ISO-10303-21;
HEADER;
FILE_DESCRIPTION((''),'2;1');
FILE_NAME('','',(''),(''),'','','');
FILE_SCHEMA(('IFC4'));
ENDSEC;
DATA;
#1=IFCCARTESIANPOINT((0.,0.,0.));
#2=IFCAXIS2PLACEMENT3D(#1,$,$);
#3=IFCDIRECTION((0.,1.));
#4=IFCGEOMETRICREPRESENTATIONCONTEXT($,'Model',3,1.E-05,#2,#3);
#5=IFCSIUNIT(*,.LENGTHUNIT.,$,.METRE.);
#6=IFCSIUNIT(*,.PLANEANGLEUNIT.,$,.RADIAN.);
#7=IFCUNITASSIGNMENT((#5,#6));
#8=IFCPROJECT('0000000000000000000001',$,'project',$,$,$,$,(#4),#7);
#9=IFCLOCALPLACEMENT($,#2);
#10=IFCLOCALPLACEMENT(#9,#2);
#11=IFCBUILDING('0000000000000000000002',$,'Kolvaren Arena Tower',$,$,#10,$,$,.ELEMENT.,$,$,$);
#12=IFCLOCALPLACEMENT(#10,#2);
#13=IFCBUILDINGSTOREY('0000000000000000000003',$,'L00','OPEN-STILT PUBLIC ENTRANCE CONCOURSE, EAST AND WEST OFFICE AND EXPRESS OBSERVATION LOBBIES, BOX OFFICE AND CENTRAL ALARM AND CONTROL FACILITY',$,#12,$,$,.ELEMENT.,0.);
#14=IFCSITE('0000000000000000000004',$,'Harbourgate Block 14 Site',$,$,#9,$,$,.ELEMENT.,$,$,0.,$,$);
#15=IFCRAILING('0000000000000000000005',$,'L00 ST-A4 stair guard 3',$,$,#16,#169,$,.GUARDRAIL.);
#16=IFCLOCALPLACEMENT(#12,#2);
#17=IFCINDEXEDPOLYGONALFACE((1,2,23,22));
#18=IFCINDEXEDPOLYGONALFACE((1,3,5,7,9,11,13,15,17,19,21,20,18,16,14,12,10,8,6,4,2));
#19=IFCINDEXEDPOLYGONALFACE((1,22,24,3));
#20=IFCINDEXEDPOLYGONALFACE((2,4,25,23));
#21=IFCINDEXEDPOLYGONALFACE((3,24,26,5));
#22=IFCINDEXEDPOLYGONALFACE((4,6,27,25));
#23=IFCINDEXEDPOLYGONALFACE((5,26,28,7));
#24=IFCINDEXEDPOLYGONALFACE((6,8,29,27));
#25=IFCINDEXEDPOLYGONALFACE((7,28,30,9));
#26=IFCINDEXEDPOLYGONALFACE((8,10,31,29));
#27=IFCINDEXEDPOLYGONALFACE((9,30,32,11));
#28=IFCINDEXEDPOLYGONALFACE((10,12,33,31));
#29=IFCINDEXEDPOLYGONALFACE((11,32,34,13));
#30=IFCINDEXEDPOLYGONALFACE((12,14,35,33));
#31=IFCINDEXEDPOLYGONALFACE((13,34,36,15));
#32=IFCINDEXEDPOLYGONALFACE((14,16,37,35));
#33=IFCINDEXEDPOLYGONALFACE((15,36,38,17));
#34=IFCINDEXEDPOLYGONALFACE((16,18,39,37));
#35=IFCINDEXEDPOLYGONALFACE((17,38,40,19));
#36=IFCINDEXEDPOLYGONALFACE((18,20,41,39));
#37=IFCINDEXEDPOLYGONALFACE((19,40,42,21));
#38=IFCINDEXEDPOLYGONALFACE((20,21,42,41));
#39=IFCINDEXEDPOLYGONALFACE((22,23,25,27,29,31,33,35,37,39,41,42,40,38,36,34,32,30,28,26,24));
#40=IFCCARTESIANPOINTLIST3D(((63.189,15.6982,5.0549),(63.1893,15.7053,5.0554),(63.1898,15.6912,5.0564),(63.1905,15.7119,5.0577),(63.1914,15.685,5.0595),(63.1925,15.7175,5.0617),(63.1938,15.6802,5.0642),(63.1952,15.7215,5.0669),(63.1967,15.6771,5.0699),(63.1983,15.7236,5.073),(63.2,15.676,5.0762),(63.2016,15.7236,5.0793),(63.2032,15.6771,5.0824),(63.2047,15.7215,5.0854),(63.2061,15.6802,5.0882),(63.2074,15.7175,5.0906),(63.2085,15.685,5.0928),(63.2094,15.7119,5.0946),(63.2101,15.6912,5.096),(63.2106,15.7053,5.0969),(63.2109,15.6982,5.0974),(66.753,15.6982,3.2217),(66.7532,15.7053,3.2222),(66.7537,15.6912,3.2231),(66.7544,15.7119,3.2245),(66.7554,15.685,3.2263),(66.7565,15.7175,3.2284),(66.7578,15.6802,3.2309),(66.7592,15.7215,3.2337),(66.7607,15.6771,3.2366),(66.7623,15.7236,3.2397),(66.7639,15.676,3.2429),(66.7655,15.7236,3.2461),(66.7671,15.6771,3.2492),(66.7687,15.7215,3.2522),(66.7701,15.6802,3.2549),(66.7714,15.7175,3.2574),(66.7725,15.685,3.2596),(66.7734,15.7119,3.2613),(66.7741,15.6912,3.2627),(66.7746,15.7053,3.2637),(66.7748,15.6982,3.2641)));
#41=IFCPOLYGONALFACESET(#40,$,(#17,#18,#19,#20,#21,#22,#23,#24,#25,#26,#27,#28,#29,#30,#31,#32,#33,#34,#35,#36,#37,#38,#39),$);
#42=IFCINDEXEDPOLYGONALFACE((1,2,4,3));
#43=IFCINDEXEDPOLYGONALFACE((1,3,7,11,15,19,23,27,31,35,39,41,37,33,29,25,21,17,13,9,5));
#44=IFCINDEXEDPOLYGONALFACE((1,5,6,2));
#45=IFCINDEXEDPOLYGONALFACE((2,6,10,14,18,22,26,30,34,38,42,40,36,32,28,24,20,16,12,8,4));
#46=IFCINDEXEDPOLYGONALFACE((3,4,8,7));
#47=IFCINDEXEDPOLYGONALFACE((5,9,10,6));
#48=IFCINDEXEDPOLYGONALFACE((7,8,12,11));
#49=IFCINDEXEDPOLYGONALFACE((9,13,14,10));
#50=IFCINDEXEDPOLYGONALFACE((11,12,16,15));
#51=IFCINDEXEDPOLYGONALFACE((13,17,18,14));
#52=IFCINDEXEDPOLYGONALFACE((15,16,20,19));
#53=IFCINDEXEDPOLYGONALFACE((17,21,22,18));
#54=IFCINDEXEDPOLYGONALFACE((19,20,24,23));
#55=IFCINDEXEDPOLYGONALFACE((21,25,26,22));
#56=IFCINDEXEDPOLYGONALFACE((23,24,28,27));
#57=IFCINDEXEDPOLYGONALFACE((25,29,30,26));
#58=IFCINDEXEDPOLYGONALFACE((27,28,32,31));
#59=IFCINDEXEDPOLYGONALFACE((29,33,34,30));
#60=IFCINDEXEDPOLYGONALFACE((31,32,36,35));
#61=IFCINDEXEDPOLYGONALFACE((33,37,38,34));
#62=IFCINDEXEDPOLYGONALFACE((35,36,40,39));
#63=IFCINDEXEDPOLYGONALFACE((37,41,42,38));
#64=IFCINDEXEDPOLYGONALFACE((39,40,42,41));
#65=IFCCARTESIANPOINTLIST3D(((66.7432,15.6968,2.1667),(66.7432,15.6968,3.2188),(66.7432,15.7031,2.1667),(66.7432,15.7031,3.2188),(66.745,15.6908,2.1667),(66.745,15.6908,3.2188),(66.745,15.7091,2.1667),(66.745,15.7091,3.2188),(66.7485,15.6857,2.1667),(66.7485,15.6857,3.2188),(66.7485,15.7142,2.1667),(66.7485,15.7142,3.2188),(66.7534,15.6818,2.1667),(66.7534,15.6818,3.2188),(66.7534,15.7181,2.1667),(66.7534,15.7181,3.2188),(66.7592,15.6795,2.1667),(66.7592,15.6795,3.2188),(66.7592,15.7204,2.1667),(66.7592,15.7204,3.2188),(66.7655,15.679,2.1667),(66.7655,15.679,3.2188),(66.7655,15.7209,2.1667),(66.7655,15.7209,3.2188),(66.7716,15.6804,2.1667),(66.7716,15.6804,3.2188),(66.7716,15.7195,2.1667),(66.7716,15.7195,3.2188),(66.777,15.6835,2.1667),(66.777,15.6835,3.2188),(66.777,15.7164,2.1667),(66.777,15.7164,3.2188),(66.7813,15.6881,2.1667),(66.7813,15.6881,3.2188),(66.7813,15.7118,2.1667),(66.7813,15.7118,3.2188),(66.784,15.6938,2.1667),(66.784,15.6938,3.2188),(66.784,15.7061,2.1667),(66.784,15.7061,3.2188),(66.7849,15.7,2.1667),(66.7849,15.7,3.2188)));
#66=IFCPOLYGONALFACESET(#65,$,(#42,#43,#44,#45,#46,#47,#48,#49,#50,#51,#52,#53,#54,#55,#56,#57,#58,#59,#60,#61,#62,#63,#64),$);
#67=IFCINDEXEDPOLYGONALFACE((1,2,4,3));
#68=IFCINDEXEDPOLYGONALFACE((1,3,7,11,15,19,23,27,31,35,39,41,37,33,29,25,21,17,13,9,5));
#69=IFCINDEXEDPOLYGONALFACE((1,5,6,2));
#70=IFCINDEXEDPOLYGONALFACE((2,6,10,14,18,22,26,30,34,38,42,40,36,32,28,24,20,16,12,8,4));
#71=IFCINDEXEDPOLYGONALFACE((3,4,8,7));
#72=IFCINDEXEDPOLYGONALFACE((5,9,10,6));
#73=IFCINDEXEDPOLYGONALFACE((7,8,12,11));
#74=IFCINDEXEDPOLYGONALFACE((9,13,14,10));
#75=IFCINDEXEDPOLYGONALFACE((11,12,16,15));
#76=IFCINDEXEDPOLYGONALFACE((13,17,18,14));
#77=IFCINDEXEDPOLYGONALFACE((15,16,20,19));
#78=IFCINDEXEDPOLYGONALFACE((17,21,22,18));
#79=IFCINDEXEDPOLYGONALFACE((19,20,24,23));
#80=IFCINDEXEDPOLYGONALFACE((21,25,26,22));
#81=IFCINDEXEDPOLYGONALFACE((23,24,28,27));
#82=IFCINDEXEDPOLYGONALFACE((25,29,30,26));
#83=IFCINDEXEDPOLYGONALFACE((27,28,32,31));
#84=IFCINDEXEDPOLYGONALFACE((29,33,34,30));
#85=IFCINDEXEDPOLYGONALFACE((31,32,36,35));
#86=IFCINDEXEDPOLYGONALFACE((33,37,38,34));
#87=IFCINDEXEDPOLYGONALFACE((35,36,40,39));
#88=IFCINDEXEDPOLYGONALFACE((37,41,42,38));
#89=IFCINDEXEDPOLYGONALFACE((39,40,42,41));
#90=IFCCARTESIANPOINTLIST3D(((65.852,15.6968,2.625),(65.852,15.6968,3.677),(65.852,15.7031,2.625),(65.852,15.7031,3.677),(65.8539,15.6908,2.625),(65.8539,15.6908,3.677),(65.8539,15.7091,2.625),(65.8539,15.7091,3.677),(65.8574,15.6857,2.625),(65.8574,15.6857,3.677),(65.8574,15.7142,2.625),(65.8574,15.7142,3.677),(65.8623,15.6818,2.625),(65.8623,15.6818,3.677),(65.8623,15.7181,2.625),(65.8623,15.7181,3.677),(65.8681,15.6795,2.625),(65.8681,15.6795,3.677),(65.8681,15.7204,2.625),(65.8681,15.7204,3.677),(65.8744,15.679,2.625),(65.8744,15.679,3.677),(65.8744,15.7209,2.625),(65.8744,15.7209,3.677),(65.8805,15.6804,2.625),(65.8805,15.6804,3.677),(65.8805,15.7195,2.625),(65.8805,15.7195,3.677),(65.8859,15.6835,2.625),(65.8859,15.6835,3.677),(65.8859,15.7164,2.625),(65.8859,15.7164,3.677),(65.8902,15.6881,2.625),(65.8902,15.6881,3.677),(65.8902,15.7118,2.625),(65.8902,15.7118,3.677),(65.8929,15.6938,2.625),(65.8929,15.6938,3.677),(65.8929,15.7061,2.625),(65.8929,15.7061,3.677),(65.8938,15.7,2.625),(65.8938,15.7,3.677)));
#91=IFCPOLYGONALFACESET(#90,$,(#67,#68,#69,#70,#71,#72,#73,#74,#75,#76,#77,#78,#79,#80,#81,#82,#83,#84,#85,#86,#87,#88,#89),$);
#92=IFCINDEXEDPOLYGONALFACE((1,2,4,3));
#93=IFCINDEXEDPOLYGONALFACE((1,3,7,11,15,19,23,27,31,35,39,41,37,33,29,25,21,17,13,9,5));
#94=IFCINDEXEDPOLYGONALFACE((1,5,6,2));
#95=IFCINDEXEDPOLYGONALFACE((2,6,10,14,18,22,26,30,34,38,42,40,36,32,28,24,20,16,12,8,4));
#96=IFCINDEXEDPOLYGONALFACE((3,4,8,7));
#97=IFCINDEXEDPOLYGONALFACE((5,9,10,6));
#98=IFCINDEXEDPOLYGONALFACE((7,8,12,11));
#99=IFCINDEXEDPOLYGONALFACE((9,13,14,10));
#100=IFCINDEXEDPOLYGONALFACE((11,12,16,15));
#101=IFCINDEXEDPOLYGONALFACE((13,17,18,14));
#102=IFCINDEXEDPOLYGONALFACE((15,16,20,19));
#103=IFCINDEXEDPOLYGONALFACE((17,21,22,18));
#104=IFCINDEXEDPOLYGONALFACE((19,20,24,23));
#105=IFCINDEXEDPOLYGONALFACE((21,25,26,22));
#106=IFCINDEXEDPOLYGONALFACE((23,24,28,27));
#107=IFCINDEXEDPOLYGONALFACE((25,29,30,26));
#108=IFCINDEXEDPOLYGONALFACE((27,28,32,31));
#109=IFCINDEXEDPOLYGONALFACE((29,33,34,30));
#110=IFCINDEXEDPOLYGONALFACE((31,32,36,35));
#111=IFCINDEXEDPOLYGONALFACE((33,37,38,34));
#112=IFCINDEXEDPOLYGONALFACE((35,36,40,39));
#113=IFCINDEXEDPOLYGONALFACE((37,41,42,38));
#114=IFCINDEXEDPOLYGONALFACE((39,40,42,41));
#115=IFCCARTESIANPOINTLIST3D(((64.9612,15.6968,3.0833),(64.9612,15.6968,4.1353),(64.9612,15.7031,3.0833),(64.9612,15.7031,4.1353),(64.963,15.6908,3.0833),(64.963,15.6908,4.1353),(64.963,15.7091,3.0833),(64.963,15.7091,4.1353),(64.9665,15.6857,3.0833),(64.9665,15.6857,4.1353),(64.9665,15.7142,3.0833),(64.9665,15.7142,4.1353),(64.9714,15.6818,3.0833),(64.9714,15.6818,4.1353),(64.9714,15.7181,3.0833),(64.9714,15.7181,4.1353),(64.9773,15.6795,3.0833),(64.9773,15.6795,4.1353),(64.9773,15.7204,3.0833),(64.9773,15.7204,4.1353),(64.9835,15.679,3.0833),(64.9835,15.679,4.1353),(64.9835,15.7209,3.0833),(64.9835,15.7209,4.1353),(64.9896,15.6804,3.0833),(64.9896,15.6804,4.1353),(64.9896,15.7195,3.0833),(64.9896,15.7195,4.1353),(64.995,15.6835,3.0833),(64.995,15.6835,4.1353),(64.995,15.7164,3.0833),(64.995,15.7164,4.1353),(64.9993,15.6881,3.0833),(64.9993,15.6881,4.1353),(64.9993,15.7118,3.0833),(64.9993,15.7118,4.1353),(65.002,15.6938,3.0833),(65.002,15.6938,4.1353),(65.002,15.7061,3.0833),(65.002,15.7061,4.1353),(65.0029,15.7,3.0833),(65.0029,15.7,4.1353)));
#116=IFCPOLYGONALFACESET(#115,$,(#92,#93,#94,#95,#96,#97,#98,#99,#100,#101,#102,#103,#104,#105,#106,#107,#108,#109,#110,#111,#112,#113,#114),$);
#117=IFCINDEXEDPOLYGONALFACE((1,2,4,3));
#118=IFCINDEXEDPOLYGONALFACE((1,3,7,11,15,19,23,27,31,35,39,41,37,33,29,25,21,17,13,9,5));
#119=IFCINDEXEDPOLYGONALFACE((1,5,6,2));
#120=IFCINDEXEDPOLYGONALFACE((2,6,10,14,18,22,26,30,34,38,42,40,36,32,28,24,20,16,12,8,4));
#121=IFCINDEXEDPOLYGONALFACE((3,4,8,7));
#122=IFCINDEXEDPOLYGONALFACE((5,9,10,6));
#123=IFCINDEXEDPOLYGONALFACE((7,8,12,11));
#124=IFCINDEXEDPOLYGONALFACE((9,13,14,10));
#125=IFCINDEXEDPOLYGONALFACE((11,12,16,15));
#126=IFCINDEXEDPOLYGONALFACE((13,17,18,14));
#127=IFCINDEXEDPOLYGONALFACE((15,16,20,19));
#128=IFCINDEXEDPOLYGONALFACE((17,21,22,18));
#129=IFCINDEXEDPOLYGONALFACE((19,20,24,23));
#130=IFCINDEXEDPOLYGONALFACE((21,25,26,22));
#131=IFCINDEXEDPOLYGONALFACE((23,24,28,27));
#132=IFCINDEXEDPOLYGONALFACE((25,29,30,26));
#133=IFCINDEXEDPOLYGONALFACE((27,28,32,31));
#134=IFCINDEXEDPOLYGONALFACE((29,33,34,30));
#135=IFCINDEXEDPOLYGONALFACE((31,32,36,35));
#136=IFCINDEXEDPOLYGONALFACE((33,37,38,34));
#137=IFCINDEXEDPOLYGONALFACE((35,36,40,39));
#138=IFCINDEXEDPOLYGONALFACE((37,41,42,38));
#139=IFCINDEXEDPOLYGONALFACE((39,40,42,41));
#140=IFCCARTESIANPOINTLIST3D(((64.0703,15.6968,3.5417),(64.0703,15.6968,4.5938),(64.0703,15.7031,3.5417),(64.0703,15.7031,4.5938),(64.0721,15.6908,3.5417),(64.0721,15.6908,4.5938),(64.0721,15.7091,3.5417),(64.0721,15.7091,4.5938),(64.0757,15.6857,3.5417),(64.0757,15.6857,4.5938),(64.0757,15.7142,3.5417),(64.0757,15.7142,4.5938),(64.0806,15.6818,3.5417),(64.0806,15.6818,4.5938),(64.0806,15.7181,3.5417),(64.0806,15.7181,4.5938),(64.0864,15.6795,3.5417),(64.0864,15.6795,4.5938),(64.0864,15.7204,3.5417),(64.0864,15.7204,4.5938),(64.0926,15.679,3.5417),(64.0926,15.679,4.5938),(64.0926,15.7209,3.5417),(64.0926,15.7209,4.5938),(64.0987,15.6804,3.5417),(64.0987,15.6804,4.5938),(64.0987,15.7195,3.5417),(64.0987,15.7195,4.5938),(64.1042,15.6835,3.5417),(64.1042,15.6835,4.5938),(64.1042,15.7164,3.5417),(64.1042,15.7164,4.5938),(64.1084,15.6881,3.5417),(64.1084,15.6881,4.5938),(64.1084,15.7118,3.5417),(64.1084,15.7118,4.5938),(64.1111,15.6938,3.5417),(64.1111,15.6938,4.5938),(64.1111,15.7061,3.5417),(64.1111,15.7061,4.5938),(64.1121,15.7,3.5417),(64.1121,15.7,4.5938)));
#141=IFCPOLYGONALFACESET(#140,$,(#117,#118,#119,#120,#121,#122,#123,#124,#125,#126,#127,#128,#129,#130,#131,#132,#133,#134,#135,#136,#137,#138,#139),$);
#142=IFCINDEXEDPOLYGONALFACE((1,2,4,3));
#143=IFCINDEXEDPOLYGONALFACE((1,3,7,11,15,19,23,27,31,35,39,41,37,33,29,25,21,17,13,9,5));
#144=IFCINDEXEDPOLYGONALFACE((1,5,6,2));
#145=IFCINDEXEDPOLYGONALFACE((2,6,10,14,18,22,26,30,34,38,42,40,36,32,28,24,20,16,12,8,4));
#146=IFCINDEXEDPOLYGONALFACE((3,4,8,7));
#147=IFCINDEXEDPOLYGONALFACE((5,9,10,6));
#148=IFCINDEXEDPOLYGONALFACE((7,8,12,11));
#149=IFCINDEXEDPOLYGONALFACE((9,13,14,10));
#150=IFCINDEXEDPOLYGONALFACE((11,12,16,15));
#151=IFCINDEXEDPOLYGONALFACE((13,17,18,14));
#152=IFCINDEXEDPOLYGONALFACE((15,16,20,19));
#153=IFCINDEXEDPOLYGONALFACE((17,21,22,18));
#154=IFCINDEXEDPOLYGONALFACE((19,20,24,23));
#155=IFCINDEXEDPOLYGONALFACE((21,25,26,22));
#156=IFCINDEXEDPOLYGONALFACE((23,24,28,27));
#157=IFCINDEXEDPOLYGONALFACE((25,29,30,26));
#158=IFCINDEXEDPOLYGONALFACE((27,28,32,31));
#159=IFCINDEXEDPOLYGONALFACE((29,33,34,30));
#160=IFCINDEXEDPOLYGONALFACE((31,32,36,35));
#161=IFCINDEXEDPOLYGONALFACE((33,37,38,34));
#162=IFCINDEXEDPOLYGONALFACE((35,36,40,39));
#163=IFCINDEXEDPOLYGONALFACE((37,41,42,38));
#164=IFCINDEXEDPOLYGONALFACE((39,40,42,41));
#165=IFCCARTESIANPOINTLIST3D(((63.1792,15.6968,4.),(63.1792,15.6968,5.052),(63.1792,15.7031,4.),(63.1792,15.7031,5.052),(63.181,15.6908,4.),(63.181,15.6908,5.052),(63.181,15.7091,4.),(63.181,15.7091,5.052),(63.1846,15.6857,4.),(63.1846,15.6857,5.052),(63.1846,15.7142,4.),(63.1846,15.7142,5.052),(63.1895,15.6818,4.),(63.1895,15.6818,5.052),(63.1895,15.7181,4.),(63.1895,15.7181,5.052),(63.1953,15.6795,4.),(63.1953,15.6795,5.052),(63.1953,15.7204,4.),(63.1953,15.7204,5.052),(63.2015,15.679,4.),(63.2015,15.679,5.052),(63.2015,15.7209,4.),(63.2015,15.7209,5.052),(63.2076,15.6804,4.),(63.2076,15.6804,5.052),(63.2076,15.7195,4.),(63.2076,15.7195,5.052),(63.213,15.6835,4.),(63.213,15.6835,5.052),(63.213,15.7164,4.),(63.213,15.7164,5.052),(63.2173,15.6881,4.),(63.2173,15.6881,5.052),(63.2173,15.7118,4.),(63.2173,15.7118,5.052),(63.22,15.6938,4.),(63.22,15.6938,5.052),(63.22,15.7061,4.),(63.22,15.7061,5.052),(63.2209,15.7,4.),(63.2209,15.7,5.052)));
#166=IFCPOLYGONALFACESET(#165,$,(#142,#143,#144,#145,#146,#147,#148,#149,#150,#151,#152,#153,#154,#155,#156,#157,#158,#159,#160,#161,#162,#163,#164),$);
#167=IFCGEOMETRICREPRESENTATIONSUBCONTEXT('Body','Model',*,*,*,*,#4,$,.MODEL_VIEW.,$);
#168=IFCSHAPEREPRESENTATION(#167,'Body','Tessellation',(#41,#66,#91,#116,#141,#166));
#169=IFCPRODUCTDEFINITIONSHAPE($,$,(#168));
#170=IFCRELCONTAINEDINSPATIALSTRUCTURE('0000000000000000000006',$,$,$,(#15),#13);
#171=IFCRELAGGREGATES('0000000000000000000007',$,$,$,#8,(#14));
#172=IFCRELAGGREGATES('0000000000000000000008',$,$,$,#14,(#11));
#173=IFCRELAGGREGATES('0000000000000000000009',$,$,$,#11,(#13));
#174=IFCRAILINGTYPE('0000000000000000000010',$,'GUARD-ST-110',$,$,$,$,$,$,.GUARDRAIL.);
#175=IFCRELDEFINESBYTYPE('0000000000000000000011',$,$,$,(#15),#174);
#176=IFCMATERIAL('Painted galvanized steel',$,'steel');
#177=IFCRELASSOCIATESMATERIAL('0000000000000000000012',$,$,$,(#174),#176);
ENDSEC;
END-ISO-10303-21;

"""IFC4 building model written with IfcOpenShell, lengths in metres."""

from ifc_helpers import new_model, si_unit, direction, frame, origin, origin_2d, place, context, subcontext, project, spatial, circle, extrude, material, type_object, element, save


model = new_model("IFC4")

# Units and contexts
model_context = context("Model", 3, precision=1e-05, world=origin(), true_north=direction((0.0, 1.0)))
body_context = subcontext(model_context, "Body", "Model", "MODEL_VIEW")
ifc_project = project(units=[si_unit("LENGTHUNIT", "METRE"), si_unit("PLANEANGLEUNIT", "RADIAN")], contexts=[model_context])

# Site, building, storey
site_placement = place(None, origin())
site = spatial("IfcSite", under=ifc_project, at=site_placement, Name="Harbourgate Block 14 Site", CompositionType="ELEMENT", RefElevation=0.0)
building_placement = place(site_placement, origin())
building = spatial("IfcBuilding", under=site, at=building_placement, Name="Kolvaren Arena Tower", CompositionType="ELEMENT")
storey_placement = place(building_placement, origin())
storey = spatial("IfcBuildingStorey", under=building, at=storey_placement, Name="L00", Description="OPEN-STILT PUBLIC ENTRANCE CONCOURSE, EAST AND WEST OFFICE AND EXPRESS OBSERVATION LOBBIES, BOX OFFICE AND CENTRAL ALARM AND CONTROL FACILITY", CompositionType="ELEMENT", Elevation=0.0)

# Railing
ifc_material_1 = material(Name="Painted galvanized steel", Category="steel")
railing_type_1 = type_object("IfcRailingType", Name="GUARD-ST-110", PredefinedType="GUARDRAIL", material=ifc_material_1)
railing_1_placement = place(storey_placement, frame((66.7639, 15.7, 2.1667)))
element("IfcRailing", 1, at=railing_1_placement, inside=storey, type_object=railing_type_1, Name="L00 ST-A4 stair guard 3", PredefinedType="GUARDRAIL", context=body_context, shape_type="SweptSolid", body=[
    extrude(circle(Radius=0.0239, at=origin_2d()), frame((0.0, 0.0, 1.0762), z_axis=(-0.889252, 0.0, 0.457418), x_axis=(0.0, -1.0, 0.0)), (0.0, 0.0, 1.0), 4.0078),
    extrude(circle(Radius=0.021, at=origin_2d()), origin(), (0.0, 0.0, 1.0), 1.052),
    extrude(circle(Radius=0.021, at=origin_2d()), frame((-0.8911, 0.0, 0.4583)), (0.0, 0.0, 1.0), 1.052),
    extrude(circle(Radius=0.021, at=origin_2d()), frame((-1.782, 0.0, 0.9165)), (0.0, 0.0, 1.0), 1.052),
    extrude(circle(Radius=0.021, at=origin_2d()), frame((-2.6729, 0.0, 1.375)), (0.0, 0.0, 1.0), 1.052),
    extrude(circle(Radius=0.021, at=origin_2d()), frame((-3.564, 0.0, 1.8333)), (0.0, 0.0, 1.0), 1.052),
])

save(model, "model.ifc")
